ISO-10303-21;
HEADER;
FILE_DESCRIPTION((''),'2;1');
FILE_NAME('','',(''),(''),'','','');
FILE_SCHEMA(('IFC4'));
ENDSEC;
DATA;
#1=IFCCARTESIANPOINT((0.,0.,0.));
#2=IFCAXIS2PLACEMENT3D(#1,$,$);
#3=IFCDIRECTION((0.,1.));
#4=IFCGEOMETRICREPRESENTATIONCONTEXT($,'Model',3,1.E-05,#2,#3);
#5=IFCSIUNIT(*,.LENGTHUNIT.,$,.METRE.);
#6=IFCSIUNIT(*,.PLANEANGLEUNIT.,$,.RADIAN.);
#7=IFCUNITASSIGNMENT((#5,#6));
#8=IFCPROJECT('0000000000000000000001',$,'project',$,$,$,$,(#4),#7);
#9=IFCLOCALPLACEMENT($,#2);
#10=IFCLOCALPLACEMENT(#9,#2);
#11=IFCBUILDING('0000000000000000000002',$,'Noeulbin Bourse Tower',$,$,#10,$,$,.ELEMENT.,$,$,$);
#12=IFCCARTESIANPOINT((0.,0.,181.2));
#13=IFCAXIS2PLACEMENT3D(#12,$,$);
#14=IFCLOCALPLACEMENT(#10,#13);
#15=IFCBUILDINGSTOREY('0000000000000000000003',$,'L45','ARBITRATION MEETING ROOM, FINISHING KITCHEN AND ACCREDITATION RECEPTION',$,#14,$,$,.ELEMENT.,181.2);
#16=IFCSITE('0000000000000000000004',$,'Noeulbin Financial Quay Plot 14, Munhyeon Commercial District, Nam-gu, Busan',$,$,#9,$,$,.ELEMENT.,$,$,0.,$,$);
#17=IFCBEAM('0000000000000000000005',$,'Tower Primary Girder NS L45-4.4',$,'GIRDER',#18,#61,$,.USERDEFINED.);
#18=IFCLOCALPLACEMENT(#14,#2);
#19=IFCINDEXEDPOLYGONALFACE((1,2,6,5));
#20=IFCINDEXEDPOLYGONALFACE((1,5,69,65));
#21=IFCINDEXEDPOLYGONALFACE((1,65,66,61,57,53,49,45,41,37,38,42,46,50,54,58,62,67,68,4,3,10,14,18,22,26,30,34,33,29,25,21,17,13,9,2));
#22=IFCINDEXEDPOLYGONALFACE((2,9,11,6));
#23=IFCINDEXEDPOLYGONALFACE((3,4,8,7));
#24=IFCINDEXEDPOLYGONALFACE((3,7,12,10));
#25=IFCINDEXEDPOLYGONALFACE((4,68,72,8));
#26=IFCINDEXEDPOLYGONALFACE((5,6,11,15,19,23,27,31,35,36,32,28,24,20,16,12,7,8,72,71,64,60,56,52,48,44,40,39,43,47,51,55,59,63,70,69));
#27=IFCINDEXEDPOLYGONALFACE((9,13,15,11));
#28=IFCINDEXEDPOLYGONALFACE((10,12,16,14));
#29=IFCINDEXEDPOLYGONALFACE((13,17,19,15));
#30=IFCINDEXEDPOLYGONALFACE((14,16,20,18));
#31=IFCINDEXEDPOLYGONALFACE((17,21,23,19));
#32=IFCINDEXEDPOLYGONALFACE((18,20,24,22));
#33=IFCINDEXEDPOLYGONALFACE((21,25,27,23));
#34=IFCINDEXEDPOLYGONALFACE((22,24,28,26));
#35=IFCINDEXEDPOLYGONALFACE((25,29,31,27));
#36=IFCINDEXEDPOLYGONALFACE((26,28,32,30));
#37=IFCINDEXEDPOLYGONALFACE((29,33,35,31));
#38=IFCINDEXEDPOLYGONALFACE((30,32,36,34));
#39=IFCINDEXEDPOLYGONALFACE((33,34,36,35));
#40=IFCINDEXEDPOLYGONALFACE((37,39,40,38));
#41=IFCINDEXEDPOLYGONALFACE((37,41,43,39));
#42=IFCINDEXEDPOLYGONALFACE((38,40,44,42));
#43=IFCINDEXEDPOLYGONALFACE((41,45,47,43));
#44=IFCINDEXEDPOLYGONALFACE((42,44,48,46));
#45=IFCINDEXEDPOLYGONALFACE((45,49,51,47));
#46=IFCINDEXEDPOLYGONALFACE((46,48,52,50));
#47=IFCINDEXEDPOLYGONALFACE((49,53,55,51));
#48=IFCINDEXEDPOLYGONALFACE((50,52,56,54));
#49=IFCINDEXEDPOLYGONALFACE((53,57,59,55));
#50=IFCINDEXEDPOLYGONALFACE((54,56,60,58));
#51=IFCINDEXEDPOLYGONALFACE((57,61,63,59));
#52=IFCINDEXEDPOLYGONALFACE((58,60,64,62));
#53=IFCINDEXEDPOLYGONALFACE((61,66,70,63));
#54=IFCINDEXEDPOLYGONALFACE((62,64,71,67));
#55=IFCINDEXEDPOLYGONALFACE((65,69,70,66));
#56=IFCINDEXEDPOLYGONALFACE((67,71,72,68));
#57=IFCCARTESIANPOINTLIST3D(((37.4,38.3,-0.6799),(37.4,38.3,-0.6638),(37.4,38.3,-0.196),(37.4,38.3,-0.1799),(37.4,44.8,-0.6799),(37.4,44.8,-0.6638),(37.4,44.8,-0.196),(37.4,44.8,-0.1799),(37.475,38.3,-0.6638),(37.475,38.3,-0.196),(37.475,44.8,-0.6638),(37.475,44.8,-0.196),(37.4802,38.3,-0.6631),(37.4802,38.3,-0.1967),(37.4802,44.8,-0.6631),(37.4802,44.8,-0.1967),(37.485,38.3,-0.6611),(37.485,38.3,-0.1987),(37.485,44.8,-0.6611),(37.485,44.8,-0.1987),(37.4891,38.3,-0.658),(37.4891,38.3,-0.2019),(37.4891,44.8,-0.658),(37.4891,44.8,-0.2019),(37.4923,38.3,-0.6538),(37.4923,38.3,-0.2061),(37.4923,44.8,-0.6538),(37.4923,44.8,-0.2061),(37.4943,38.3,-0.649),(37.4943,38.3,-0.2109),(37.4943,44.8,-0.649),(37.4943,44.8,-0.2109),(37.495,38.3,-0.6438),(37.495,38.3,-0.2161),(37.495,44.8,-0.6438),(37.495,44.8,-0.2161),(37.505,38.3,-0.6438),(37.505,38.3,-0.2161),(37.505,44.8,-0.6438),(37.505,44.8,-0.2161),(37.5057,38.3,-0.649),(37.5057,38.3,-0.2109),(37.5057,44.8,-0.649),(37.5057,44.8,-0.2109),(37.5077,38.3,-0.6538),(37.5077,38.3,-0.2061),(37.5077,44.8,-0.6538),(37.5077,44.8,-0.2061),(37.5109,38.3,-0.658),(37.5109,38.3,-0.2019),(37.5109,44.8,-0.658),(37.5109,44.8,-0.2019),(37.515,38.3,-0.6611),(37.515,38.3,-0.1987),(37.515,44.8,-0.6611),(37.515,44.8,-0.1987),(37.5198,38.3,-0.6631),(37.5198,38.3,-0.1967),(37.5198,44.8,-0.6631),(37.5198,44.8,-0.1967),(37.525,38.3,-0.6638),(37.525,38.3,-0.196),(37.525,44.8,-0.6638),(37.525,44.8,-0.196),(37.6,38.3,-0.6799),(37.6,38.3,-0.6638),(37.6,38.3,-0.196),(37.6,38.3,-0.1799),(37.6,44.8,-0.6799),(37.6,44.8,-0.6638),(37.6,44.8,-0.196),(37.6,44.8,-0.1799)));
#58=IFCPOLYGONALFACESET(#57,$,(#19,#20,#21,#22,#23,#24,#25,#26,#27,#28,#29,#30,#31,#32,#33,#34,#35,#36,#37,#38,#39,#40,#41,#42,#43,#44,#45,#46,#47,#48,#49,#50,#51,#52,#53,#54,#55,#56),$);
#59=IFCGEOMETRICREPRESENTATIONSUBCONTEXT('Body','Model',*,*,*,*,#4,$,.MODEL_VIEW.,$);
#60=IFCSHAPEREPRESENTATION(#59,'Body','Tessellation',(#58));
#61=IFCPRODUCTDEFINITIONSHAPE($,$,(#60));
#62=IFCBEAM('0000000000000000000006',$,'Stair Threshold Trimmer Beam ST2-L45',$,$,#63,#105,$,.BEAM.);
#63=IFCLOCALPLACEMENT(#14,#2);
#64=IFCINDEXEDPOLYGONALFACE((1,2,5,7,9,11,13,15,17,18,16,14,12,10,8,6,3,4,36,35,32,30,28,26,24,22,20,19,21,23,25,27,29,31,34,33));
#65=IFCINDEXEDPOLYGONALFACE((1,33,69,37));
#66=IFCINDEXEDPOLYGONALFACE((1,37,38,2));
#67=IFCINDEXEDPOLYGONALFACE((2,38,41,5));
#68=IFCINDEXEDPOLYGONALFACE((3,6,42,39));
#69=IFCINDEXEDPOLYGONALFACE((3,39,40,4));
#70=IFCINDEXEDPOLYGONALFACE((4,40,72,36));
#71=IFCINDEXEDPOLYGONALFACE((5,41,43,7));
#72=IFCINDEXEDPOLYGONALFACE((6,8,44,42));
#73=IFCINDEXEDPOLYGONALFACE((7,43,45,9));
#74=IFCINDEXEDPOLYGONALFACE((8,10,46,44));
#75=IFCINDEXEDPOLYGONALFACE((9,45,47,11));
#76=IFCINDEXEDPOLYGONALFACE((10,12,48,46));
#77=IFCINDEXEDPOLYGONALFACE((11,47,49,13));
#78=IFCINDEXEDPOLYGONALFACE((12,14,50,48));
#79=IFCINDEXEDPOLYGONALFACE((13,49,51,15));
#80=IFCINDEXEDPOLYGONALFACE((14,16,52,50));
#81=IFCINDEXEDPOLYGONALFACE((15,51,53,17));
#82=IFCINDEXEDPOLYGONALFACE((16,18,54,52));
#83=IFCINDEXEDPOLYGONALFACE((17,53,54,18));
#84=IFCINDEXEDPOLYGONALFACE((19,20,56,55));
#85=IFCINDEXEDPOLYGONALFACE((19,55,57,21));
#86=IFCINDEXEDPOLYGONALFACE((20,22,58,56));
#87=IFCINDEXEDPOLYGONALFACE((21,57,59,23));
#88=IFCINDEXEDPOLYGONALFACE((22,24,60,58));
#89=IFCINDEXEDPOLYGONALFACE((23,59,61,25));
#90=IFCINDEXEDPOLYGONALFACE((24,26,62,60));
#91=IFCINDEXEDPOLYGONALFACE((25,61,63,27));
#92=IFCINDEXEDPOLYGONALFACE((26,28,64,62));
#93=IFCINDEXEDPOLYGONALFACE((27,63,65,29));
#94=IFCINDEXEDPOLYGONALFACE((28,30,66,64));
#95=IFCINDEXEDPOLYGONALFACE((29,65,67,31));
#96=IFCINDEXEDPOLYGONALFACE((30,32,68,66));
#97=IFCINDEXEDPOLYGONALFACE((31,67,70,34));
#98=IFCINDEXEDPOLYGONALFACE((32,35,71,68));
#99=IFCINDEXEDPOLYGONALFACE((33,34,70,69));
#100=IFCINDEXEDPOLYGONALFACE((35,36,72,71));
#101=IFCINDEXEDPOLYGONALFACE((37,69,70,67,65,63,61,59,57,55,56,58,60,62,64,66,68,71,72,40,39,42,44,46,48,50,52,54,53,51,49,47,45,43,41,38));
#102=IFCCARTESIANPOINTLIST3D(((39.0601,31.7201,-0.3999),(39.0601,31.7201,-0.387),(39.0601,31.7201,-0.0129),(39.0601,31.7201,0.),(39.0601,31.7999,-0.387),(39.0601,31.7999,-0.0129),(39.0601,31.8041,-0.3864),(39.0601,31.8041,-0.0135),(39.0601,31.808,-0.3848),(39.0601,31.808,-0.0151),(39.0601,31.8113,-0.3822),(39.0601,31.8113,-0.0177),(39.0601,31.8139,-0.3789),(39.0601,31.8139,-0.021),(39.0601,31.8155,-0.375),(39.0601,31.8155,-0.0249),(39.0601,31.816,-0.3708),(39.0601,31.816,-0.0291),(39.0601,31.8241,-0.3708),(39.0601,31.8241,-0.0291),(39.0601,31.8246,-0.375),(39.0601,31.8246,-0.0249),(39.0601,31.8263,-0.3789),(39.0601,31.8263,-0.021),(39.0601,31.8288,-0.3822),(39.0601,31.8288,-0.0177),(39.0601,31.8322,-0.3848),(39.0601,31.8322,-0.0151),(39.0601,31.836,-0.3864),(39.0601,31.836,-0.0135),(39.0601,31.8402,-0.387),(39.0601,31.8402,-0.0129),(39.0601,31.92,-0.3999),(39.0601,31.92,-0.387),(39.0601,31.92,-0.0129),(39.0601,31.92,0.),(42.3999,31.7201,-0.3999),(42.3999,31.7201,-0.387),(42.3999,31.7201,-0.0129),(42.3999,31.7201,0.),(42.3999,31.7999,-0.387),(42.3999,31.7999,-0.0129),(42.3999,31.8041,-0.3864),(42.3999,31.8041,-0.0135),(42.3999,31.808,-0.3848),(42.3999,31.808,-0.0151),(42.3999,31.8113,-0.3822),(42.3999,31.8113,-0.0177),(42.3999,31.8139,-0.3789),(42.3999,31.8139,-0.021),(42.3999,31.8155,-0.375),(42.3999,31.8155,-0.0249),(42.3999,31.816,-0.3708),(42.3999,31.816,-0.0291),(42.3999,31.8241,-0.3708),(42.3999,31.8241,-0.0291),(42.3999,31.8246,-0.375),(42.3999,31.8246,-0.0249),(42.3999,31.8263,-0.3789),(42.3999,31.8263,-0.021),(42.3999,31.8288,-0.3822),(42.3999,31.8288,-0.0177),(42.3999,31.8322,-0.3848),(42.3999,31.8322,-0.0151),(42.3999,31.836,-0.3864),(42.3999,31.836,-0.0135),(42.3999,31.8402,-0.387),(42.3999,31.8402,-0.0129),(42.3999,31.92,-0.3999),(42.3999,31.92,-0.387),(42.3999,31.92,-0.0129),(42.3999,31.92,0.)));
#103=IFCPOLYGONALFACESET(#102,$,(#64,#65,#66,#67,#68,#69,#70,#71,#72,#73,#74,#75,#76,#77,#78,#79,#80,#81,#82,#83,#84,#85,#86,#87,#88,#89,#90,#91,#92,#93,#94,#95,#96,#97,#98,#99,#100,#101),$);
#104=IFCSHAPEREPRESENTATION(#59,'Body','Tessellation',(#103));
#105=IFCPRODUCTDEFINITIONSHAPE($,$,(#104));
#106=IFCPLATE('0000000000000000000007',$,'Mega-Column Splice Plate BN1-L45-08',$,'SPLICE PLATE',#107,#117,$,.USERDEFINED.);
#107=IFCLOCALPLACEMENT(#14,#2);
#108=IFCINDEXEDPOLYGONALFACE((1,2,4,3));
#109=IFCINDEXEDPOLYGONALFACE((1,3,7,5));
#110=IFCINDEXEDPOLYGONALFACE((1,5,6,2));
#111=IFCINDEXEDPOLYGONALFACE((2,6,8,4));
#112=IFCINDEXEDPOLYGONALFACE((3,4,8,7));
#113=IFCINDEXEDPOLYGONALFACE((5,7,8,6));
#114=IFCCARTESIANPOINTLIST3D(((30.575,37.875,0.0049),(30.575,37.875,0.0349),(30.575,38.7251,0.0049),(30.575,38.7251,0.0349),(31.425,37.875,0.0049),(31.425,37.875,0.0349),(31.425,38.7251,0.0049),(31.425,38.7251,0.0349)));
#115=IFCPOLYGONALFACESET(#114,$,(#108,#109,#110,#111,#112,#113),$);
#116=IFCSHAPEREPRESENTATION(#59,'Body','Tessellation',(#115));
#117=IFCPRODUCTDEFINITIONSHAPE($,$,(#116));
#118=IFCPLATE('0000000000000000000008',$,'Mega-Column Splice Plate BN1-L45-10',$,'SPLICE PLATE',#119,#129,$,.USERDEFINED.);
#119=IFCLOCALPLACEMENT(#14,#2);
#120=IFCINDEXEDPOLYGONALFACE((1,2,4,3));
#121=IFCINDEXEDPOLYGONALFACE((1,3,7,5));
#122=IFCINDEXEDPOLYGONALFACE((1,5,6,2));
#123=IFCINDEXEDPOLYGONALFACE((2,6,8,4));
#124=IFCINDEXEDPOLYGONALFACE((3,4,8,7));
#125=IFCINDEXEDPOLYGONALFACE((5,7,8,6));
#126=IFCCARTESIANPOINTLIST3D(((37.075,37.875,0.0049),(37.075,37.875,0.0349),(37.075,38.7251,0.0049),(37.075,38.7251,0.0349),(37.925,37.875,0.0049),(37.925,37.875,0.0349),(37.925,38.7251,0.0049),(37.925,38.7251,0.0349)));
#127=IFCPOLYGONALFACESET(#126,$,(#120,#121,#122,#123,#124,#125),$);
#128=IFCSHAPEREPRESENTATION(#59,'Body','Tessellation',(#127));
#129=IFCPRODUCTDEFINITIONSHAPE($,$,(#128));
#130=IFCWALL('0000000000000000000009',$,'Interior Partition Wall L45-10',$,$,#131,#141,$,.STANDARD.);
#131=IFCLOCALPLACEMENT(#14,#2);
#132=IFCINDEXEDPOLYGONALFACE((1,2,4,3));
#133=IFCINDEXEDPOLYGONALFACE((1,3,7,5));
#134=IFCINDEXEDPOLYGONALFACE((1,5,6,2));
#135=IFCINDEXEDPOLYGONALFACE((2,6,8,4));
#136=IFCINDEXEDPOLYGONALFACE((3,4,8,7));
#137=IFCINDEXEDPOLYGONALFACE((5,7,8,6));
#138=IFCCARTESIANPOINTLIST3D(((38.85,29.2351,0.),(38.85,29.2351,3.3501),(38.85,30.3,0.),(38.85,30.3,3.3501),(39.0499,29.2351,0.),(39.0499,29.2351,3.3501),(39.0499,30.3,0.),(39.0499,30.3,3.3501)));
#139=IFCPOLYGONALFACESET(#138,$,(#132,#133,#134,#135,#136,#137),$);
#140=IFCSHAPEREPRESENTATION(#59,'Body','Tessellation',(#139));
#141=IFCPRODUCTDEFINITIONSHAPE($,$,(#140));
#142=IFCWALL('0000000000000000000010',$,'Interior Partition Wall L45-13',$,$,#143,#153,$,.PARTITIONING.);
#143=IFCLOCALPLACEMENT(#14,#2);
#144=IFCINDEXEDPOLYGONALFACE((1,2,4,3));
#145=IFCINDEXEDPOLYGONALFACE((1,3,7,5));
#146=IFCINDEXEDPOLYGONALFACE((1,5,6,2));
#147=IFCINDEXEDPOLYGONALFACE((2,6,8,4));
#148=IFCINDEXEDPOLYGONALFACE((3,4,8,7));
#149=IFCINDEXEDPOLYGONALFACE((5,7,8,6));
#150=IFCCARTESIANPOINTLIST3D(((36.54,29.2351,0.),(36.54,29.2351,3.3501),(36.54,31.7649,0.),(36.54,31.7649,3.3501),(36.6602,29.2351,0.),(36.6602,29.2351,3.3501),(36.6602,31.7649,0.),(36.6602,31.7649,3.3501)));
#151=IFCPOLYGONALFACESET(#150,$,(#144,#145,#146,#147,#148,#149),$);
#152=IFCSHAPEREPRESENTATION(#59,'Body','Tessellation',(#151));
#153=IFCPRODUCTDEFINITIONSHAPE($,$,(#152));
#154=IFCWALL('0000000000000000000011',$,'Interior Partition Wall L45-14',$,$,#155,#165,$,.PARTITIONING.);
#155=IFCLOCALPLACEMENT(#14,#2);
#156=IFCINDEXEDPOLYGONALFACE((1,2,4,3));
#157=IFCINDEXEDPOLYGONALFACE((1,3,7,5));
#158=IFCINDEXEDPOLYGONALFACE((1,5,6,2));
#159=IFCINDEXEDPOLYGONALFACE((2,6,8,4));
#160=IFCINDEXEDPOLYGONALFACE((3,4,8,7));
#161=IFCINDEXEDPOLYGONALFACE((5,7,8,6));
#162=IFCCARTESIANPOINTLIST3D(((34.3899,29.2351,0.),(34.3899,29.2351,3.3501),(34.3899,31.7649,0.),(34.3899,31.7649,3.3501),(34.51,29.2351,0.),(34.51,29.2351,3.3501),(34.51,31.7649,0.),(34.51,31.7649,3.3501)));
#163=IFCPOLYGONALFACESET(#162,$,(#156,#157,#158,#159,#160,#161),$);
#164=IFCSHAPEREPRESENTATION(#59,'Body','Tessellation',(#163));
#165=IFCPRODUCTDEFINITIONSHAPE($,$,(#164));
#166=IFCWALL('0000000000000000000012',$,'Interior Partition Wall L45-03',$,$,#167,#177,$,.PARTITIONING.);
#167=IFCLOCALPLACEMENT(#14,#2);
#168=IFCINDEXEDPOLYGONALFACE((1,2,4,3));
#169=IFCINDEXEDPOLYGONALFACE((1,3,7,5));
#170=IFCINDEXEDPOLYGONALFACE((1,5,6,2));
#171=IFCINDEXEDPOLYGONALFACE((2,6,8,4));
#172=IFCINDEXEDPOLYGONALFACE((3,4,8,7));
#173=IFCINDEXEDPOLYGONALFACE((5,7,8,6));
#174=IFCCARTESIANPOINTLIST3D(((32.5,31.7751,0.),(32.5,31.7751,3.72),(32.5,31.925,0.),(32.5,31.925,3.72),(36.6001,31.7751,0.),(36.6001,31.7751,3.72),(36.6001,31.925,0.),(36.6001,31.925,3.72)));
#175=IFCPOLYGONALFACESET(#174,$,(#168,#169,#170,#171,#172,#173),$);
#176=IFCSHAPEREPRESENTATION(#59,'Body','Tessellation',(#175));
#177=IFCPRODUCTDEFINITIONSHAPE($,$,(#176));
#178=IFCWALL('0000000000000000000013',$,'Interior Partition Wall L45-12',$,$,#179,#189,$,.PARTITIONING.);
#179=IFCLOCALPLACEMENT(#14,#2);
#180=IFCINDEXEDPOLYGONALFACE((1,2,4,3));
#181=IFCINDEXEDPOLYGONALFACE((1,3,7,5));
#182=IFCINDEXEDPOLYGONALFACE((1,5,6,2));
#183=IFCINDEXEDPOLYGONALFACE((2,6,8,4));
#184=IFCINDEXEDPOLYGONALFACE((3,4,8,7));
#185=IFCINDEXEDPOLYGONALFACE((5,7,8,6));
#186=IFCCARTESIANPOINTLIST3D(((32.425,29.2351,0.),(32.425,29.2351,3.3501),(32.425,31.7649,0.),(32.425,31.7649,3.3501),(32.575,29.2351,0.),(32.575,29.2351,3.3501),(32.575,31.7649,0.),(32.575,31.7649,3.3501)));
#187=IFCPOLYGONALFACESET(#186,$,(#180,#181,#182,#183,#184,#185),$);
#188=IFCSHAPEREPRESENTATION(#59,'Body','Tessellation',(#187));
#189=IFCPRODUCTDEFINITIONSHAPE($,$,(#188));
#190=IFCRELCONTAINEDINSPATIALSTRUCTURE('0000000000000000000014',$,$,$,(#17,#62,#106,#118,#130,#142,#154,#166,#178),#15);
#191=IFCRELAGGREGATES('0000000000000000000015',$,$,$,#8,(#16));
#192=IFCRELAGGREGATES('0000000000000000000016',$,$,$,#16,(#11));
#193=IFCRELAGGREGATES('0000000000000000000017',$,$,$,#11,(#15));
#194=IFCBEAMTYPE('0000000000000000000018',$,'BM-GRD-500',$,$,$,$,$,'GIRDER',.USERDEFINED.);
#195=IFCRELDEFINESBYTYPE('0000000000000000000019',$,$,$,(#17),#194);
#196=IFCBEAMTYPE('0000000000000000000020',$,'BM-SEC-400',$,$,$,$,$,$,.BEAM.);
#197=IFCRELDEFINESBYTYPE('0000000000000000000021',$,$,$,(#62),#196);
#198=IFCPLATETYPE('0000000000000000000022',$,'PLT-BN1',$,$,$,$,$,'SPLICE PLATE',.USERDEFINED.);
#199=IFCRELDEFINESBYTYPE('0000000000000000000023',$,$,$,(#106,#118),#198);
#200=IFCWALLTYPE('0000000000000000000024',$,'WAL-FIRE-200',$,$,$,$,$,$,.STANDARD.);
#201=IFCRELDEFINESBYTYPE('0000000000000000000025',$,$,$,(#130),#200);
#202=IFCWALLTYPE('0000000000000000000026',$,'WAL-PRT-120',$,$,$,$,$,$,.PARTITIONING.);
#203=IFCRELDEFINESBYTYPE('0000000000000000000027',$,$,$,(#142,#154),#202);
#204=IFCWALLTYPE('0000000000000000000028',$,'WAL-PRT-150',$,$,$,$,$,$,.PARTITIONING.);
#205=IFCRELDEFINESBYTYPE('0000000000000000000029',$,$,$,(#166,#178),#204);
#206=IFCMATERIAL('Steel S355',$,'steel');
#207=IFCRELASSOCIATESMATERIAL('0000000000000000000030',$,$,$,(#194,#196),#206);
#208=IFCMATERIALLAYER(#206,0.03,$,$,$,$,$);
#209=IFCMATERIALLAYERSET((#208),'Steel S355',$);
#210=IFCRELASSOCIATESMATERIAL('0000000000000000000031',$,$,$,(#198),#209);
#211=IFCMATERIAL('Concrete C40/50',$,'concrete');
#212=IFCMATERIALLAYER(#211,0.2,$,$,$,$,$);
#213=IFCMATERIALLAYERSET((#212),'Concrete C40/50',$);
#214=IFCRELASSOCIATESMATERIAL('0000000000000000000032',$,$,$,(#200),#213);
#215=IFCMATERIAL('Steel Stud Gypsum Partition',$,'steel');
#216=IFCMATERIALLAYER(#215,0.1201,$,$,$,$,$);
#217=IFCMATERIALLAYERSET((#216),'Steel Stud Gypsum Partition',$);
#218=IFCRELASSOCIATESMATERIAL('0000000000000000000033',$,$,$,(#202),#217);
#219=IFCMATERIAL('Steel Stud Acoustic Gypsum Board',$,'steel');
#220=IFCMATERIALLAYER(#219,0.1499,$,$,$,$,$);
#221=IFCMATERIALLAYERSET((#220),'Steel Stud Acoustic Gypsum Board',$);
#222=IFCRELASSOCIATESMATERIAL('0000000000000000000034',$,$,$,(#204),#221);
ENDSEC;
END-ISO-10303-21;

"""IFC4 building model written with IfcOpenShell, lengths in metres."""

from ifc_helpers import new_model, si_unit, direction, frame, frame_2d, origin, origin_2d, place, context, subcontext, project, spatial, rectangle, i_section, extrude, material, layer, layer_set, material_profile, profile_set, type_object, element, save


model = new_model("IFC4")

# Units and contexts
model_context = context("Model", 3, precision=1e-05, world=origin(), true_north=direction((0.0, 1.0)))
body_context = subcontext(model_context, "Body", "Model", "MODEL_VIEW")
ifc_project = project(units=[si_unit("LENGTHUNIT", "METRE"), si_unit("PLANEANGLEUNIT", "RADIAN")], contexts=[model_context])

# Site, building, storey
site_placement = place(None, origin())
site = spatial("IfcSite", under=ifc_project, at=site_placement, Name="Noeulbin Financial Quay Plot 14, Munhyeon Commercial District, Nam-gu, Busan", CompositionType="ELEMENT", RefElevation=0.0)
building_placement = place(site_placement, origin())
building = spatial("IfcBuilding", under=site, at=building_placement, Name="Noeulbin Bourse Tower", CompositionType="ELEMENT")
storey_placement = place(building_placement, frame((0.0, 0.0, 181.2)))
storey = spatial("IfcBuildingStorey", under=building, at=storey_placement, Name="L45", Description="ARBITRATION MEETING ROOM, FINISHING KITCHEN AND ACCREDITATION RECEPTION", CompositionType="ELEMENT", Elevation=181.2)

# Beams
ifc_material_1 = material(Name="Steel S355", Category="steel")
ifc_material_profile_1 = material_profile(ifc_material_1, i_section(OverallWidth=0.2, OverallDepth=0.5, WebThickness=0.01, FlangeThickness=0.0161, FilletRadius=0.02, at=origin_2d()), Name="H-500x200x10x16", Category="LoadBearing")
ifc_profile_set_1 = profile_set([ifc_material_profile_1], Name="Steel S355")
beam_type_1 = type_object("IfcBeamType", Name="BM-GRD-500", ElementType="GIRDER", PredefinedType="USERDEFINED", material=ifc_profile_set_1)
for number, where, z_axis, x_axis, name in (
    (1, (37.5, 38.3, -0.4299), (0.0, 1.0, 0.0), (-1.0, 0.0, 0.0), "Tower Primary Girder NS L45-4.4"),
):
    element("IfcBeam", number, at=place(storey_placement, frame(where, z_axis=z_axis, x_axis=x_axis)), inside=storey, type_object=beam_type_1, Name=name, ObjectType="GIRDER", PredefinedType="USERDEFINED", context=body_context, shape_type="SweptSolid", body=[
        extrude(i_section(OverallWidth=0.2, OverallDepth=0.5, WebThickness=0.01, FlangeThickness=0.0161, FilletRadius=0.02, at=origin_2d()), origin(), (0.0, 0.0, 1.0), 6.5),
    ])
ifc_material_profile_2 = material_profile(ifc_material_1, i_section(OverallWidth=0.2, OverallDepth=0.3999, WebThickness=0.0081, FlangeThickness=0.0129, FilletRadius=0.0161, at=origin_2d()), Name="H-400x200x8x13", Category="LoadBearing")
ifc_profile_set_2 = profile_set([ifc_material_profile_2], Name="Steel S355")
beam_type_2 = type_object("IfcBeamType", Name="BM-SEC-400", PredefinedType="BEAM", material=ifc_profile_set_2)
beam_placement = place(storey_placement, frame((39.0601, 31.8201, -0.2), z_axis=(1.0, 0.0, 0.0), x_axis=(0.0, 1.0, 0.0)))
element("IfcBeam", 2, at=beam_placement, inside=storey, type_object=beam_type_2, Name="Stair Threshold Trimmer Beam ST2-L45", PredefinedType="BEAM", context=body_context, shape_type="SweptSolid", body=[
    extrude(i_section(OverallWidth=0.2, OverallDepth=0.3999, WebThickness=0.0081, FlangeThickness=0.0129, FilletRadius=0.0161, at=origin_2d()), origin(), (0.0, 0.0, 1.0), 3.3398),
])

# Plates
ifc_layer_1 = layer(ifc_material_1, 0.03)
ifc_layer_set_1 = layer_set([ifc_layer_1], Name="Steel S355")
plate_type = type_object("IfcPlateType", Name="PLT-BN1", ElementType="SPLICE PLATE", PredefinedType="USERDEFINED", material=ifc_layer_set_1)
for number, where, z_axis, x_axis, name in (
    (3, (31.0, 38.3, 0.0049), (0.0, 0.0, 1.0), (1.0, 0.0, 0.0), "Mega-Column Splice Plate BN1-L45-08"),
    (4, (37.5, 38.3, 0.0049), (0.0, 0.0, 1.0), (1.0, 0.0, 0.0), "Mega-Column Splice Plate BN1-L45-10"),
):
    element("IfcPlate", number, at=place(storey_placement, frame(where, z_axis=z_axis, x_axis=x_axis)), inside=storey, type_object=plate_type, Name=name, ObjectType="SPLICE PLATE", PredefinedType="USERDEFINED", context=body_context, shape_type="SweptSolid", body=[
        extrude(rectangle(XDim=0.8501, YDim=0.8501, at=origin_2d()), origin(), (0.0, 0.0, 1.0), 0.03),
    ])

# Walls
ifc_material_2 = material(Name="Concrete C40/50", Category="concrete")
ifc_layer_2 = layer(ifc_material_2, 0.2)
ifc_layer_set_2 = layer_set([ifc_layer_2], Name="Concrete C40/50")
wall_type_1 = type_object("IfcWallType", Name="WAL-FIRE-200", PredefinedType="STANDARD", material=ifc_layer_set_2)
wall_1_placement = place(storey_placement, frame((38.95, 29.2351, 0.0), z_axis=(0.0, 0.0, 1.0), x_axis=(0.0, 1.0, 0.0)))
element("IfcWall", 5, at=wall_1_placement, inside=storey, type_object=wall_type_1, Name="Interior Partition Wall L45-10", PredefinedType="STANDARD", context=body_context, shape_type="SweptSolid", body=[
    extrude(rectangle(XDim=1.0649, YDim=0.2, at=frame_2d((0.5325, 0.0))), origin(), (0.0, 0.0, 1.0), 3.3501),
])
ifc_material_3 = material(Name="Steel Stud Gypsum Partition", Category="steel")
ifc_layer_3 = layer(ifc_material_3, 0.1201)
ifc_layer_set_3 = layer_set([ifc_layer_3], Name="Steel Stud Gypsum Partition")
wall_type_2 = type_object("IfcWallType", Name="WAL-PRT-120", PredefinedType="PARTITIONING", material=ifc_layer_set_3)
for number, where, z_axis, x_axis, name in (
    (6, (36.6001, 29.2351, 0.0), (0.0, 0.0, 1.0), (0.0, 1.0, 0.0), "Interior Partition Wall L45-13"),
    (7, (34.45, 29.2351, 0.0), (0.0, 0.0, 1.0), (0.0, 1.0, 0.0), "Interior Partition Wall L45-14"),
):
    element("IfcWall", number, at=place(storey_placement, frame(where, z_axis=z_axis, x_axis=x_axis)), inside=storey, type_object=wall_type_2, Name=name, PredefinedType="PARTITIONING", context=body_context, shape_type="SweptSolid", body=[
        extrude(rectangle(XDim=2.5298, YDim=0.1201, at=frame_2d((1.2649, 0.0))), origin(), (0.0, 0.0, 1.0), 3.3501),
    ])
ifc_material_4 = material(Name="Steel Stud Acoustic Gypsum Board", Category="steel")
ifc_layer_4 = layer(ifc_material_4, 0.1499)
ifc_layer_set_4 = layer_set([ifc_layer_4], Name="Steel Stud Acoustic Gypsum Board")
wall_type_3 = type_object("IfcWallType", Name="WAL-PRT-150", PredefinedType="PARTITIONING", material=ifc_layer_set_4)
wall_2_placement = place(storey_placement, frame((32.5, 31.8501, 0.0), z_axis=(0.0, 0.0, 1.0), x_axis=(1.0, 0.0, 0.0)))
element("IfcWall", 8, at=wall_2_placement, inside=storey, type_object=wall_type_3, Name="Interior Partition Wall L45-03", PredefinedType="PARTITIONING", context=body_context, shape_type="SweptSolid", body=[
    extrude(rectangle(XDim=4.1001, YDim=0.1499, at=frame_2d((2.05, 0.0))), origin(), (0.0, 0.0, 1.0), 3.72),
])
wall_3_placement = place(storey_placement, frame((32.5, 29.2351, 0.0), z_axis=(0.0, 0.0, 1.0), x_axis=(0.0, 1.0, 0.0)))
element("IfcWall", 9, at=wall_3_placement, inside=storey, type_object=wall_type_3, Name="Interior Partition Wall L45-12", PredefinedType="PARTITIONING", context=body_context, shape_type="SweptSolid", body=[
    extrude(rectangle(XDim=2.5298, YDim=0.1499, at=frame_2d((1.2649, 0.0))), origin(), (0.0, 0.0, 1.0), 3.3501),
])

save(model, "model.ifc")
